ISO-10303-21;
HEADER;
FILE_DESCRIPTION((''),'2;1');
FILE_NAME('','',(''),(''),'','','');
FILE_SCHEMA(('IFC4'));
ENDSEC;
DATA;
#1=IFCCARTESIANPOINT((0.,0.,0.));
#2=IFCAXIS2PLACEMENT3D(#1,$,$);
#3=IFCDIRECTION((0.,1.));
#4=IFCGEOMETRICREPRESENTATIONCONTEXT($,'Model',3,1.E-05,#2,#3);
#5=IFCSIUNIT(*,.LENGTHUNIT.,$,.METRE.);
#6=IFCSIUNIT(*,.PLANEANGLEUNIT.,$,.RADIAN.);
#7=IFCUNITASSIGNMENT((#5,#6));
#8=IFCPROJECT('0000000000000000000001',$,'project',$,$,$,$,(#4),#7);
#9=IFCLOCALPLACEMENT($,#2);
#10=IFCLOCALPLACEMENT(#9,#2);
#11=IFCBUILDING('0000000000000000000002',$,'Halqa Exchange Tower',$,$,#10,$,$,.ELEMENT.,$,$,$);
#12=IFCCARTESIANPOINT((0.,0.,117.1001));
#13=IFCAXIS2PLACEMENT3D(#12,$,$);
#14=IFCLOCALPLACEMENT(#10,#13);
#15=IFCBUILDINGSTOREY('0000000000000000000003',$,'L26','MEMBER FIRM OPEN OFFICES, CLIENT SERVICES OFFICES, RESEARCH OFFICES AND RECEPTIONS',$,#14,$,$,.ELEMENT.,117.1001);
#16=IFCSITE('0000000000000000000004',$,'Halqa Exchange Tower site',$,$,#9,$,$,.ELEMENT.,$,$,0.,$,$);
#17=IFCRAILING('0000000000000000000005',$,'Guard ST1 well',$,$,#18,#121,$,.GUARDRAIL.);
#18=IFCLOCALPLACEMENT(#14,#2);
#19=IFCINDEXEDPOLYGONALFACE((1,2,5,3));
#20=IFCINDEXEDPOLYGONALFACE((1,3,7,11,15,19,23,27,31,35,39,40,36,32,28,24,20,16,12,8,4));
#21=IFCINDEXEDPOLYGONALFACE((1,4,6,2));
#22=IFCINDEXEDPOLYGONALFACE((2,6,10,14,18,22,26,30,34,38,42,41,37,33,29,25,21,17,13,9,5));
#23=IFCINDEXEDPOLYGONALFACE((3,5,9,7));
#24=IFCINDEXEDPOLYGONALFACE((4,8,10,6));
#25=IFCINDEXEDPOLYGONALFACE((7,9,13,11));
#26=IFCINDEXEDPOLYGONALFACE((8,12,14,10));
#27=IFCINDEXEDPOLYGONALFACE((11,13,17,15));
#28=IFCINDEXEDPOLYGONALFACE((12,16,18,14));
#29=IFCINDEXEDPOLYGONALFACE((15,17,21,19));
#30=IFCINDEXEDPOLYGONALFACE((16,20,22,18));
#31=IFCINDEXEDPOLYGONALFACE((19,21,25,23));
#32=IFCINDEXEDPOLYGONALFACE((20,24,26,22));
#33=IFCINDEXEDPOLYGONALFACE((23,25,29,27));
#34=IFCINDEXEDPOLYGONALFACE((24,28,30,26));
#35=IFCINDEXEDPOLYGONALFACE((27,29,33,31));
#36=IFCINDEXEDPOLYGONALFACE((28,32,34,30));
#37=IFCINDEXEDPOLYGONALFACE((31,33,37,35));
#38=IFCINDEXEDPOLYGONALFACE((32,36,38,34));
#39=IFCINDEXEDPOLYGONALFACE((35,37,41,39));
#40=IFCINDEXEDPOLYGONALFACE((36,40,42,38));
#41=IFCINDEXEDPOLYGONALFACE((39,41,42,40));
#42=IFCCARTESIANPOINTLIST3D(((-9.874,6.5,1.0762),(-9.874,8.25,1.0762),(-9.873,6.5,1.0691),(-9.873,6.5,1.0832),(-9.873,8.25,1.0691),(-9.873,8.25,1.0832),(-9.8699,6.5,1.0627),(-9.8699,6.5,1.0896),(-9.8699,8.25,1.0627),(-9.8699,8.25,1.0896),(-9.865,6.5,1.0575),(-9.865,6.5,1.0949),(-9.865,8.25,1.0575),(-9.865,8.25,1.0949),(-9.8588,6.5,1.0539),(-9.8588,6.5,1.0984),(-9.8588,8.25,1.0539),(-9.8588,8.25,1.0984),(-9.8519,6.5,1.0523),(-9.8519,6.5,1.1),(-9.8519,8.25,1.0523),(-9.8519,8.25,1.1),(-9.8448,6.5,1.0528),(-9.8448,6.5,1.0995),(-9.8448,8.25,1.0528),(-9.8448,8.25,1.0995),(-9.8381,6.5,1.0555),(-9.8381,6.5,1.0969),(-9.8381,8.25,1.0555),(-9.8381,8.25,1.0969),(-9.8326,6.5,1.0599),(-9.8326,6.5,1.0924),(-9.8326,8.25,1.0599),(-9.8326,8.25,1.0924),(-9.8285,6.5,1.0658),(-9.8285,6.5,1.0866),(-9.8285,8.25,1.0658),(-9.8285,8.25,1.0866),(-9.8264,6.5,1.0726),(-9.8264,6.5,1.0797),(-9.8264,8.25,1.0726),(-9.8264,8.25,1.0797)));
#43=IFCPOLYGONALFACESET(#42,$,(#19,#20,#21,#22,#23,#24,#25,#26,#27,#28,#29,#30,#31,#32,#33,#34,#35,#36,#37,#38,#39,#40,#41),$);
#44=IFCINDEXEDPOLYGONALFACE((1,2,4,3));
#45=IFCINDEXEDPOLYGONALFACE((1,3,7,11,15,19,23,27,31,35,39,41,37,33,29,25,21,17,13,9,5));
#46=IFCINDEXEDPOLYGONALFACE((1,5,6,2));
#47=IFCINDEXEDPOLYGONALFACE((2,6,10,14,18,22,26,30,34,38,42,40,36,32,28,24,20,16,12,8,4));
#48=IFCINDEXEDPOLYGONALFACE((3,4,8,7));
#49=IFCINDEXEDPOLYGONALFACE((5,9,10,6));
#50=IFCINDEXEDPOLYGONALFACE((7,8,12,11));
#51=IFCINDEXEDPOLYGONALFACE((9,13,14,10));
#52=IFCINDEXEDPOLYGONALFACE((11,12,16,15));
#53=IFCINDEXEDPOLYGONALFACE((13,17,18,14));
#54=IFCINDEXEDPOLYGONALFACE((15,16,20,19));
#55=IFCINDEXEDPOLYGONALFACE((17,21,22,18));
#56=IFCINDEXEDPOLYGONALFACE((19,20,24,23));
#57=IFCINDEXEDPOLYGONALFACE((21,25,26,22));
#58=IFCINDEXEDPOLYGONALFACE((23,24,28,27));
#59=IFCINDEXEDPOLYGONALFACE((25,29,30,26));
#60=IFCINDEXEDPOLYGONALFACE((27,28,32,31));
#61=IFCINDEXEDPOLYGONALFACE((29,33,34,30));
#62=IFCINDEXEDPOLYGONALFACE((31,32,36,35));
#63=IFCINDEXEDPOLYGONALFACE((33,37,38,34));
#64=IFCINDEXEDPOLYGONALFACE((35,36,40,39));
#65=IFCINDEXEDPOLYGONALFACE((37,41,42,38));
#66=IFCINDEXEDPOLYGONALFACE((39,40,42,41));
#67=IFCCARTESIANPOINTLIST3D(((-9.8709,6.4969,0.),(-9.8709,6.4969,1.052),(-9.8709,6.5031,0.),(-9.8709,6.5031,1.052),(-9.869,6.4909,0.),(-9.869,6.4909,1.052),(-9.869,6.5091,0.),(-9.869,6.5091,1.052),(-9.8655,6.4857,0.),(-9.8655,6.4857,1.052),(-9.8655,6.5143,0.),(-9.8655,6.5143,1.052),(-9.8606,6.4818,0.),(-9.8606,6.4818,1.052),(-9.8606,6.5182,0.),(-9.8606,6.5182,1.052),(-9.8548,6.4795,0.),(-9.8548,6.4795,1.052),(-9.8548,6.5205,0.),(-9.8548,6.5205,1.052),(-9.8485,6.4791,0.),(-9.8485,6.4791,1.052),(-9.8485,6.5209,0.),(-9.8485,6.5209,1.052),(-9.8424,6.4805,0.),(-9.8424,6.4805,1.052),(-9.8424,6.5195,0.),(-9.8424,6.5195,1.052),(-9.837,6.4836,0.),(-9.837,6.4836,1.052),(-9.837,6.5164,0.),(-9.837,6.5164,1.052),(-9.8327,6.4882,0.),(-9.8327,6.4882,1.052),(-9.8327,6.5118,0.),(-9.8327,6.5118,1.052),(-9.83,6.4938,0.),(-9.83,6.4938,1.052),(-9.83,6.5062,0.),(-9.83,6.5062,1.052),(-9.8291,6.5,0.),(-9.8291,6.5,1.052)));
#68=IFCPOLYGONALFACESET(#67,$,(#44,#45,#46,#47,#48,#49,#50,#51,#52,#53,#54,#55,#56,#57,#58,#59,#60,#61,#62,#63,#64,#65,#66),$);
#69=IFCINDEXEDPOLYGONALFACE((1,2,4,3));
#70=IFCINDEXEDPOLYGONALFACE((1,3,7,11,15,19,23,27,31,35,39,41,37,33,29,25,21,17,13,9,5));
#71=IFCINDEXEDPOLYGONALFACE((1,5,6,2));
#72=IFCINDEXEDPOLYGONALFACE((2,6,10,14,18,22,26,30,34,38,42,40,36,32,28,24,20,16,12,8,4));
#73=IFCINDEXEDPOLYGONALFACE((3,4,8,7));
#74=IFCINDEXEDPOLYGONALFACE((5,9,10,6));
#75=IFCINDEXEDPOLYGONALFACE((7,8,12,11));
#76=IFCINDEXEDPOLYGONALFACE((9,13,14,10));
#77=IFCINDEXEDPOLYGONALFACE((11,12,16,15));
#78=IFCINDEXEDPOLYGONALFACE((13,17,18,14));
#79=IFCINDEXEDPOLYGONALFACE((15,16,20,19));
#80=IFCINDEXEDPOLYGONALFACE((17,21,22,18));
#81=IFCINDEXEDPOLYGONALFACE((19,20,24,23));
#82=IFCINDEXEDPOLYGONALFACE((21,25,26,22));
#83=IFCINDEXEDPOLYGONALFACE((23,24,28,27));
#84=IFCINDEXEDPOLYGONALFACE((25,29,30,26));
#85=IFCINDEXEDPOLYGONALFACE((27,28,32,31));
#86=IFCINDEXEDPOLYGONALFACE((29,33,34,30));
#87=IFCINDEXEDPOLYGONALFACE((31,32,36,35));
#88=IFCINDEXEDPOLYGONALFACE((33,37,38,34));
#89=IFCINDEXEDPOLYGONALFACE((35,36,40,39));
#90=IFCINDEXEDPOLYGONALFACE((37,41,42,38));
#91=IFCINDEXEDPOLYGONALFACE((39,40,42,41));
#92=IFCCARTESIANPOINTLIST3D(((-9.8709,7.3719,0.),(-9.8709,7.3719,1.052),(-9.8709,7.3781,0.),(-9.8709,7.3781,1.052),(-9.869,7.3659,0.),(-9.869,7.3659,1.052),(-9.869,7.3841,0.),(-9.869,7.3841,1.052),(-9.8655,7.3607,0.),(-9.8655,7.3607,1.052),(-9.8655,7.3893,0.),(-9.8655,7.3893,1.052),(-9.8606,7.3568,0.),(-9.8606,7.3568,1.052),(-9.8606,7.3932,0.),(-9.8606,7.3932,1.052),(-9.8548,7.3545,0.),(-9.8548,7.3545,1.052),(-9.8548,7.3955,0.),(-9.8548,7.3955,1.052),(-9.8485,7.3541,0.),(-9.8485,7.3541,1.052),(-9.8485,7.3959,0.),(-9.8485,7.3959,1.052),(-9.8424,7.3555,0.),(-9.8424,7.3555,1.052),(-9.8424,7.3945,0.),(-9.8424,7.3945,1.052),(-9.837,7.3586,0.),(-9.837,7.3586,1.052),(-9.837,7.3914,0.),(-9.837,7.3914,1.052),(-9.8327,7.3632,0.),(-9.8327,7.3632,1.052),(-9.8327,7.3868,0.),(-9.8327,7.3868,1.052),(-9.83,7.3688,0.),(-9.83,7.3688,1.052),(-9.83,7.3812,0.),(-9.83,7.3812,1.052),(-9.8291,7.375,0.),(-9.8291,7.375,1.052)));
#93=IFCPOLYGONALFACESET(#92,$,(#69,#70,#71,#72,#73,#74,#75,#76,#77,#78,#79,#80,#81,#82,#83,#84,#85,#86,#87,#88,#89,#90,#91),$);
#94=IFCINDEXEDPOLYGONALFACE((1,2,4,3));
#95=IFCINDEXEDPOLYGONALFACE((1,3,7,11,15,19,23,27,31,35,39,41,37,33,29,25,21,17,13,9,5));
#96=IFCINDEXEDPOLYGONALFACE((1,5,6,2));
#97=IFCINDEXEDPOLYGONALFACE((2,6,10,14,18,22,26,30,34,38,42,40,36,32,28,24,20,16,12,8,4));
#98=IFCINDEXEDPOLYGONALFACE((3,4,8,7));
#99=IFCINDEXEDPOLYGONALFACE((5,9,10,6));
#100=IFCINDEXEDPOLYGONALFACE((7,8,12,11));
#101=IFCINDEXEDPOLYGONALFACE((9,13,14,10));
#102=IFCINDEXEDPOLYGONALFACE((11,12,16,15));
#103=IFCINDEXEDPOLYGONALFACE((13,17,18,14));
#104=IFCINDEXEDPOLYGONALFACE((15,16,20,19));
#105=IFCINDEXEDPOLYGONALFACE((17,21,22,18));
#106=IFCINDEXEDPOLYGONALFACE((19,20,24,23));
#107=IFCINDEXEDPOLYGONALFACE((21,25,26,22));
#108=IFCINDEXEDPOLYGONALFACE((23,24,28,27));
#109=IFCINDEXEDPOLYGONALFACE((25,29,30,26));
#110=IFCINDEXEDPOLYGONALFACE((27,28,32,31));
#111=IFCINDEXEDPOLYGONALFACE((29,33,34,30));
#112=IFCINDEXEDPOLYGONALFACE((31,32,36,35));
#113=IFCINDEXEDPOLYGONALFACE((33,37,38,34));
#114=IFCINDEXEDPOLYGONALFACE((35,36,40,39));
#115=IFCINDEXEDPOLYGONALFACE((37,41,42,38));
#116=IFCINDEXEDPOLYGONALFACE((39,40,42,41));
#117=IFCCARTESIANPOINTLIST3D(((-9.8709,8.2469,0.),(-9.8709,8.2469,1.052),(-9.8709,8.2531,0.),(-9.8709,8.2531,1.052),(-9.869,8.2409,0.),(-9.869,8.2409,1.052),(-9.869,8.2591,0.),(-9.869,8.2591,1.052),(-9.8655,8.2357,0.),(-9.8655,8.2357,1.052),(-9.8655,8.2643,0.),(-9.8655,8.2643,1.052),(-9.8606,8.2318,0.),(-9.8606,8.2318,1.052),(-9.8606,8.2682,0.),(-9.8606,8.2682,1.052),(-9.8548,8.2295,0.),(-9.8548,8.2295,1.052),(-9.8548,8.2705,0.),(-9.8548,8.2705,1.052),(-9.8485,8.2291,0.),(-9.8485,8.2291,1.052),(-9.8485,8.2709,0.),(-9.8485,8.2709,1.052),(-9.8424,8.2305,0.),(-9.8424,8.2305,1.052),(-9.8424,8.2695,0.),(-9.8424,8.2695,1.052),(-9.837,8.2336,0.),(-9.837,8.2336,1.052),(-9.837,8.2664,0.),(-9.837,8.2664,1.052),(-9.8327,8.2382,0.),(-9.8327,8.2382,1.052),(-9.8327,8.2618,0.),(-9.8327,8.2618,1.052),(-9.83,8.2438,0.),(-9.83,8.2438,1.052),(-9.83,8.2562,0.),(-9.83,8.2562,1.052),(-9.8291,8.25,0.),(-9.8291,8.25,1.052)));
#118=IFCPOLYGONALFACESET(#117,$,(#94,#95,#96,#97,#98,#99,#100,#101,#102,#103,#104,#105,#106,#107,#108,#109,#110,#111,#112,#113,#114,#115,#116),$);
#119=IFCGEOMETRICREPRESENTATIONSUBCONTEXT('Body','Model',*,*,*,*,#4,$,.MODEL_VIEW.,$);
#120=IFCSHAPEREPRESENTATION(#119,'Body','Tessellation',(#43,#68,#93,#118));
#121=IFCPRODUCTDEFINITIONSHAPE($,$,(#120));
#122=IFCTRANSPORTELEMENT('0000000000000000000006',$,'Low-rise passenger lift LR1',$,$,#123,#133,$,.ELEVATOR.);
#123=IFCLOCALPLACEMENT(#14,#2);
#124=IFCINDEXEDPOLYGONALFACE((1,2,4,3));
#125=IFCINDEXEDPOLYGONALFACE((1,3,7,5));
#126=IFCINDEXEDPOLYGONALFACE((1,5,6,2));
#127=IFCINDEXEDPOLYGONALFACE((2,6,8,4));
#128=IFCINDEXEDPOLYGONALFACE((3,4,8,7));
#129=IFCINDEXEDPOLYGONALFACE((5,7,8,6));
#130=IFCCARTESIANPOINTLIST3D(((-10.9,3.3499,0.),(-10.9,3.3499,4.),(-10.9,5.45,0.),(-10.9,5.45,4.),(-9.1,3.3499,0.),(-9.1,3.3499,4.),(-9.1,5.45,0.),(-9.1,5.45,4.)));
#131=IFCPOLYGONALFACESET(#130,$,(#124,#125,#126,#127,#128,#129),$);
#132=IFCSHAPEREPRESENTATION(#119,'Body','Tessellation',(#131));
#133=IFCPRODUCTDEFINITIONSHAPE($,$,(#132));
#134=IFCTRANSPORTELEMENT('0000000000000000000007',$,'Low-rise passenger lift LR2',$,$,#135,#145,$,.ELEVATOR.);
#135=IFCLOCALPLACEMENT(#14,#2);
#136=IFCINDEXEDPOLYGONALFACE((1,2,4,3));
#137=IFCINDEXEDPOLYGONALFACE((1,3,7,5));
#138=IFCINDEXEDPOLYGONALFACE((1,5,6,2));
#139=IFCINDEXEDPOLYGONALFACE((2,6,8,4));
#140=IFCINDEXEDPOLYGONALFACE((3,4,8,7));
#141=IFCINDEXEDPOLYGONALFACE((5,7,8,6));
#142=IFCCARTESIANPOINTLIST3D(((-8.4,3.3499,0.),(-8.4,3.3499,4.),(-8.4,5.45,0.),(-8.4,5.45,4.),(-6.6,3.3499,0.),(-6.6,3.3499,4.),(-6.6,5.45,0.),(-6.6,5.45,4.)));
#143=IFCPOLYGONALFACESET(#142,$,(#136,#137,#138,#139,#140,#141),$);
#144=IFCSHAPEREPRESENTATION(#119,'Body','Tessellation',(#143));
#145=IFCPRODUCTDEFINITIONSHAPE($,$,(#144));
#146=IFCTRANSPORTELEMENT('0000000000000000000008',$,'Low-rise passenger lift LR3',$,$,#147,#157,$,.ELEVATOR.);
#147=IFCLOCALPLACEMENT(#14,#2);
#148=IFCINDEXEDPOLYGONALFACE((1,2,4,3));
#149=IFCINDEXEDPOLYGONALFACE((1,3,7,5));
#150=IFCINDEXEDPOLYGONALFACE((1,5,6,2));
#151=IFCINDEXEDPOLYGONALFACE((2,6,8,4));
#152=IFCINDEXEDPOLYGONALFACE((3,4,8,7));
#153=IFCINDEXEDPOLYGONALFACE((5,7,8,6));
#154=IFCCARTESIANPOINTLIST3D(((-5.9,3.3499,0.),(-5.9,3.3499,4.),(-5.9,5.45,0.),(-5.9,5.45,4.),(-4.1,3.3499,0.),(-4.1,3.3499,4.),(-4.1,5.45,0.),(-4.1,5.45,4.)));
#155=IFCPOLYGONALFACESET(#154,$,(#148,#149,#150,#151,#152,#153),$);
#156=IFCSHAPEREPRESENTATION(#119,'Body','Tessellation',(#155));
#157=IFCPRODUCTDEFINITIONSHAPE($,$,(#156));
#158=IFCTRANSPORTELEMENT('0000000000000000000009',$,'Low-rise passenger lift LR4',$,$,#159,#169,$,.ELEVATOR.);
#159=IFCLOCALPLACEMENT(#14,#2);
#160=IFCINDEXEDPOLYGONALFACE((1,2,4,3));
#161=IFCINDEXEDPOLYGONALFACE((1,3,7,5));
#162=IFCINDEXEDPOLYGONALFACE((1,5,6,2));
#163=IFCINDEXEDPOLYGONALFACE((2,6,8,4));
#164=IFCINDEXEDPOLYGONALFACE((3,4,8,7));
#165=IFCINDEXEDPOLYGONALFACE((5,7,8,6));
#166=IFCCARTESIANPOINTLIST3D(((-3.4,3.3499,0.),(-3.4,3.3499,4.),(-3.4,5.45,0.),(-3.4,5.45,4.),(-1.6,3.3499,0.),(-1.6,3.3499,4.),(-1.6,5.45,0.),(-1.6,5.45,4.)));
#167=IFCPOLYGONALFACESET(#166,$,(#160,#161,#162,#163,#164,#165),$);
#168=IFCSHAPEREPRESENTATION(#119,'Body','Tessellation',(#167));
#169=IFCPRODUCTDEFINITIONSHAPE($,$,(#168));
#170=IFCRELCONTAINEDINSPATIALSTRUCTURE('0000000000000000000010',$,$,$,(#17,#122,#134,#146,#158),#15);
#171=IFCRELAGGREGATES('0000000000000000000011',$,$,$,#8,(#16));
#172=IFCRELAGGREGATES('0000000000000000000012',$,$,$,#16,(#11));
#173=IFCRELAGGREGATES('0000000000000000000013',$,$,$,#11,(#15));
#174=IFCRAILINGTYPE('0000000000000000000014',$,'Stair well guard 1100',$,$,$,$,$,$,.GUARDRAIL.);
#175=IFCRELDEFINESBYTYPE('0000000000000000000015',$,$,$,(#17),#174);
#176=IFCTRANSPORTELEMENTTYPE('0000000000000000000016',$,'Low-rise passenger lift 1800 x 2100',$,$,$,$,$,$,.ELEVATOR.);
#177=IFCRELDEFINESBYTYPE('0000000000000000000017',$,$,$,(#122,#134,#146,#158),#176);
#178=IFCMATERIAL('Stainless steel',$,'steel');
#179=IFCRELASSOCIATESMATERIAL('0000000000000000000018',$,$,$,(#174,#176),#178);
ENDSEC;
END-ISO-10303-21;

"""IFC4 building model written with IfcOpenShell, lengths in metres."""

from ifc_helpers import new_model, si_unit, direction, frame, origin, origin_2d, place, context, subcontext, project, spatial, rectangle, circle, extrude, material, type_object, element, save


model = new_model("IFC4")

# Units and contexts
model_context = context("Model", 3, precision=1e-05, world=origin(), true_north=direction((0.0, 1.0)))
body_context = subcontext(model_context, "Body", "Model", "MODEL_VIEW")
ifc_project = project(units=[si_unit("LENGTHUNIT", "METRE"), si_unit("PLANEANGLEUNIT", "RADIAN")], contexts=[model_context])

# Site, building, storey
site_placement = place(None, origin())
site = spatial("IfcSite", under=ifc_project, at=site_placement, Name="Halqa Exchange Tower site", CompositionType="ELEMENT", RefElevation=0.0)
building_placement = place(site_placement, origin())
building = spatial("IfcBuilding", under=site, at=building_placement, Name="Halqa Exchange Tower", CompositionType="ELEMENT")
storey_placement = place(building_placement, frame((0.0, 0.0, 117.1001)))
storey = spatial("IfcBuildingStorey", under=building, at=storey_placement, Name="L26", Description="MEMBER FIRM OPEN OFFICES, CLIENT SERVICES OFFICES, RESEARCH OFFICES AND RECEPTIONS", CompositionType="ELEMENT", Elevation=117.1001)

# Shared definitions
ifc_material_1 = material(Name="Stainless steel", Category="steel")

# Railing
railing_type_1 = type_object("IfcRailingType", Name="Stair well guard 1100", PredefinedType="GUARDRAIL", material=ifc_material_1)
railing_1_placement = place(storey_placement, frame((-9.8501, 6.5, 0.0)))
element("IfcRailing", 1, at=railing_1_placement, inside=storey, type_object=railing_type_1, Name="Guard ST1 well", PredefinedType="GUARDRAIL", context=body_context, shape_type="SweptSolid", body=[
    extrude(circle(Radius=0.0239, at=origin_2d()), frame((0.0, 0.0, 1.0762), z_axis=(0.0, 1.0, 0.0), x_axis=(-1.0, 0.0, 0.0)), (0.0, 0.0, 1.0), 1.75),
    extrude(circle(Radius=0.021, at=origin_2d()), origin(), (0.0, 0.0, 1.0), 1.052),
    extrude(circle(Radius=0.021, at=origin_2d()), frame((0.0, 0.875, 0.0)), (0.0, 0.0, 1.0), 1.052),
    extrude(circle(Radius=0.021, at=origin_2d()), frame((0.0, 1.75, 0.0)), (0.0, 0.0, 1.0), 1.052),
])

# Transport elements
transport_element_type = type_object("IfcTransportElementType", Name="Low-rise passenger lift 1800 x 2100", PredefinedType="ELEVATOR", material=ifc_material_1)
for number, where, z_axis, x_axis, name in (
    (2, (-10.0, 4.3999, 0.0), (0.0, 0.0, 1.0), (1.0, 0.0, 0.0), "Low-rise passenger lift LR1"),
    (3, (-7.5, 4.3999, 0.0), (0.0, 0.0, 1.0), (1.0, 0.0, 0.0), "Low-rise passenger lift LR2"),
    (4, (-5.0, 4.3999, 0.0), (0.0, 0.0, 1.0), (1.0, 0.0, 0.0), "Low-rise passenger lift LR3"),
    (5, (-2.5, 4.3999, 0.0), (0.0, 0.0, 1.0), (1.0, 0.0, 0.0), "Low-rise passenger lift LR4"),
):
    element("IfcTransportElement", number, at=place(storey_placement, frame(where, z_axis=z_axis, x_axis=x_axis)), inside=storey, type_object=transport_element_type, Name=name, PredefinedType="ELEVATOR", context=body_context, shape_type="SweptSolid", body=[
        extrude(rectangle(XDim=1.8, YDim=2.1001, at=origin_2d()), origin(), (0.0, 0.0, 1.0), 4.0),
    ])

save(model, "model.ifc")
